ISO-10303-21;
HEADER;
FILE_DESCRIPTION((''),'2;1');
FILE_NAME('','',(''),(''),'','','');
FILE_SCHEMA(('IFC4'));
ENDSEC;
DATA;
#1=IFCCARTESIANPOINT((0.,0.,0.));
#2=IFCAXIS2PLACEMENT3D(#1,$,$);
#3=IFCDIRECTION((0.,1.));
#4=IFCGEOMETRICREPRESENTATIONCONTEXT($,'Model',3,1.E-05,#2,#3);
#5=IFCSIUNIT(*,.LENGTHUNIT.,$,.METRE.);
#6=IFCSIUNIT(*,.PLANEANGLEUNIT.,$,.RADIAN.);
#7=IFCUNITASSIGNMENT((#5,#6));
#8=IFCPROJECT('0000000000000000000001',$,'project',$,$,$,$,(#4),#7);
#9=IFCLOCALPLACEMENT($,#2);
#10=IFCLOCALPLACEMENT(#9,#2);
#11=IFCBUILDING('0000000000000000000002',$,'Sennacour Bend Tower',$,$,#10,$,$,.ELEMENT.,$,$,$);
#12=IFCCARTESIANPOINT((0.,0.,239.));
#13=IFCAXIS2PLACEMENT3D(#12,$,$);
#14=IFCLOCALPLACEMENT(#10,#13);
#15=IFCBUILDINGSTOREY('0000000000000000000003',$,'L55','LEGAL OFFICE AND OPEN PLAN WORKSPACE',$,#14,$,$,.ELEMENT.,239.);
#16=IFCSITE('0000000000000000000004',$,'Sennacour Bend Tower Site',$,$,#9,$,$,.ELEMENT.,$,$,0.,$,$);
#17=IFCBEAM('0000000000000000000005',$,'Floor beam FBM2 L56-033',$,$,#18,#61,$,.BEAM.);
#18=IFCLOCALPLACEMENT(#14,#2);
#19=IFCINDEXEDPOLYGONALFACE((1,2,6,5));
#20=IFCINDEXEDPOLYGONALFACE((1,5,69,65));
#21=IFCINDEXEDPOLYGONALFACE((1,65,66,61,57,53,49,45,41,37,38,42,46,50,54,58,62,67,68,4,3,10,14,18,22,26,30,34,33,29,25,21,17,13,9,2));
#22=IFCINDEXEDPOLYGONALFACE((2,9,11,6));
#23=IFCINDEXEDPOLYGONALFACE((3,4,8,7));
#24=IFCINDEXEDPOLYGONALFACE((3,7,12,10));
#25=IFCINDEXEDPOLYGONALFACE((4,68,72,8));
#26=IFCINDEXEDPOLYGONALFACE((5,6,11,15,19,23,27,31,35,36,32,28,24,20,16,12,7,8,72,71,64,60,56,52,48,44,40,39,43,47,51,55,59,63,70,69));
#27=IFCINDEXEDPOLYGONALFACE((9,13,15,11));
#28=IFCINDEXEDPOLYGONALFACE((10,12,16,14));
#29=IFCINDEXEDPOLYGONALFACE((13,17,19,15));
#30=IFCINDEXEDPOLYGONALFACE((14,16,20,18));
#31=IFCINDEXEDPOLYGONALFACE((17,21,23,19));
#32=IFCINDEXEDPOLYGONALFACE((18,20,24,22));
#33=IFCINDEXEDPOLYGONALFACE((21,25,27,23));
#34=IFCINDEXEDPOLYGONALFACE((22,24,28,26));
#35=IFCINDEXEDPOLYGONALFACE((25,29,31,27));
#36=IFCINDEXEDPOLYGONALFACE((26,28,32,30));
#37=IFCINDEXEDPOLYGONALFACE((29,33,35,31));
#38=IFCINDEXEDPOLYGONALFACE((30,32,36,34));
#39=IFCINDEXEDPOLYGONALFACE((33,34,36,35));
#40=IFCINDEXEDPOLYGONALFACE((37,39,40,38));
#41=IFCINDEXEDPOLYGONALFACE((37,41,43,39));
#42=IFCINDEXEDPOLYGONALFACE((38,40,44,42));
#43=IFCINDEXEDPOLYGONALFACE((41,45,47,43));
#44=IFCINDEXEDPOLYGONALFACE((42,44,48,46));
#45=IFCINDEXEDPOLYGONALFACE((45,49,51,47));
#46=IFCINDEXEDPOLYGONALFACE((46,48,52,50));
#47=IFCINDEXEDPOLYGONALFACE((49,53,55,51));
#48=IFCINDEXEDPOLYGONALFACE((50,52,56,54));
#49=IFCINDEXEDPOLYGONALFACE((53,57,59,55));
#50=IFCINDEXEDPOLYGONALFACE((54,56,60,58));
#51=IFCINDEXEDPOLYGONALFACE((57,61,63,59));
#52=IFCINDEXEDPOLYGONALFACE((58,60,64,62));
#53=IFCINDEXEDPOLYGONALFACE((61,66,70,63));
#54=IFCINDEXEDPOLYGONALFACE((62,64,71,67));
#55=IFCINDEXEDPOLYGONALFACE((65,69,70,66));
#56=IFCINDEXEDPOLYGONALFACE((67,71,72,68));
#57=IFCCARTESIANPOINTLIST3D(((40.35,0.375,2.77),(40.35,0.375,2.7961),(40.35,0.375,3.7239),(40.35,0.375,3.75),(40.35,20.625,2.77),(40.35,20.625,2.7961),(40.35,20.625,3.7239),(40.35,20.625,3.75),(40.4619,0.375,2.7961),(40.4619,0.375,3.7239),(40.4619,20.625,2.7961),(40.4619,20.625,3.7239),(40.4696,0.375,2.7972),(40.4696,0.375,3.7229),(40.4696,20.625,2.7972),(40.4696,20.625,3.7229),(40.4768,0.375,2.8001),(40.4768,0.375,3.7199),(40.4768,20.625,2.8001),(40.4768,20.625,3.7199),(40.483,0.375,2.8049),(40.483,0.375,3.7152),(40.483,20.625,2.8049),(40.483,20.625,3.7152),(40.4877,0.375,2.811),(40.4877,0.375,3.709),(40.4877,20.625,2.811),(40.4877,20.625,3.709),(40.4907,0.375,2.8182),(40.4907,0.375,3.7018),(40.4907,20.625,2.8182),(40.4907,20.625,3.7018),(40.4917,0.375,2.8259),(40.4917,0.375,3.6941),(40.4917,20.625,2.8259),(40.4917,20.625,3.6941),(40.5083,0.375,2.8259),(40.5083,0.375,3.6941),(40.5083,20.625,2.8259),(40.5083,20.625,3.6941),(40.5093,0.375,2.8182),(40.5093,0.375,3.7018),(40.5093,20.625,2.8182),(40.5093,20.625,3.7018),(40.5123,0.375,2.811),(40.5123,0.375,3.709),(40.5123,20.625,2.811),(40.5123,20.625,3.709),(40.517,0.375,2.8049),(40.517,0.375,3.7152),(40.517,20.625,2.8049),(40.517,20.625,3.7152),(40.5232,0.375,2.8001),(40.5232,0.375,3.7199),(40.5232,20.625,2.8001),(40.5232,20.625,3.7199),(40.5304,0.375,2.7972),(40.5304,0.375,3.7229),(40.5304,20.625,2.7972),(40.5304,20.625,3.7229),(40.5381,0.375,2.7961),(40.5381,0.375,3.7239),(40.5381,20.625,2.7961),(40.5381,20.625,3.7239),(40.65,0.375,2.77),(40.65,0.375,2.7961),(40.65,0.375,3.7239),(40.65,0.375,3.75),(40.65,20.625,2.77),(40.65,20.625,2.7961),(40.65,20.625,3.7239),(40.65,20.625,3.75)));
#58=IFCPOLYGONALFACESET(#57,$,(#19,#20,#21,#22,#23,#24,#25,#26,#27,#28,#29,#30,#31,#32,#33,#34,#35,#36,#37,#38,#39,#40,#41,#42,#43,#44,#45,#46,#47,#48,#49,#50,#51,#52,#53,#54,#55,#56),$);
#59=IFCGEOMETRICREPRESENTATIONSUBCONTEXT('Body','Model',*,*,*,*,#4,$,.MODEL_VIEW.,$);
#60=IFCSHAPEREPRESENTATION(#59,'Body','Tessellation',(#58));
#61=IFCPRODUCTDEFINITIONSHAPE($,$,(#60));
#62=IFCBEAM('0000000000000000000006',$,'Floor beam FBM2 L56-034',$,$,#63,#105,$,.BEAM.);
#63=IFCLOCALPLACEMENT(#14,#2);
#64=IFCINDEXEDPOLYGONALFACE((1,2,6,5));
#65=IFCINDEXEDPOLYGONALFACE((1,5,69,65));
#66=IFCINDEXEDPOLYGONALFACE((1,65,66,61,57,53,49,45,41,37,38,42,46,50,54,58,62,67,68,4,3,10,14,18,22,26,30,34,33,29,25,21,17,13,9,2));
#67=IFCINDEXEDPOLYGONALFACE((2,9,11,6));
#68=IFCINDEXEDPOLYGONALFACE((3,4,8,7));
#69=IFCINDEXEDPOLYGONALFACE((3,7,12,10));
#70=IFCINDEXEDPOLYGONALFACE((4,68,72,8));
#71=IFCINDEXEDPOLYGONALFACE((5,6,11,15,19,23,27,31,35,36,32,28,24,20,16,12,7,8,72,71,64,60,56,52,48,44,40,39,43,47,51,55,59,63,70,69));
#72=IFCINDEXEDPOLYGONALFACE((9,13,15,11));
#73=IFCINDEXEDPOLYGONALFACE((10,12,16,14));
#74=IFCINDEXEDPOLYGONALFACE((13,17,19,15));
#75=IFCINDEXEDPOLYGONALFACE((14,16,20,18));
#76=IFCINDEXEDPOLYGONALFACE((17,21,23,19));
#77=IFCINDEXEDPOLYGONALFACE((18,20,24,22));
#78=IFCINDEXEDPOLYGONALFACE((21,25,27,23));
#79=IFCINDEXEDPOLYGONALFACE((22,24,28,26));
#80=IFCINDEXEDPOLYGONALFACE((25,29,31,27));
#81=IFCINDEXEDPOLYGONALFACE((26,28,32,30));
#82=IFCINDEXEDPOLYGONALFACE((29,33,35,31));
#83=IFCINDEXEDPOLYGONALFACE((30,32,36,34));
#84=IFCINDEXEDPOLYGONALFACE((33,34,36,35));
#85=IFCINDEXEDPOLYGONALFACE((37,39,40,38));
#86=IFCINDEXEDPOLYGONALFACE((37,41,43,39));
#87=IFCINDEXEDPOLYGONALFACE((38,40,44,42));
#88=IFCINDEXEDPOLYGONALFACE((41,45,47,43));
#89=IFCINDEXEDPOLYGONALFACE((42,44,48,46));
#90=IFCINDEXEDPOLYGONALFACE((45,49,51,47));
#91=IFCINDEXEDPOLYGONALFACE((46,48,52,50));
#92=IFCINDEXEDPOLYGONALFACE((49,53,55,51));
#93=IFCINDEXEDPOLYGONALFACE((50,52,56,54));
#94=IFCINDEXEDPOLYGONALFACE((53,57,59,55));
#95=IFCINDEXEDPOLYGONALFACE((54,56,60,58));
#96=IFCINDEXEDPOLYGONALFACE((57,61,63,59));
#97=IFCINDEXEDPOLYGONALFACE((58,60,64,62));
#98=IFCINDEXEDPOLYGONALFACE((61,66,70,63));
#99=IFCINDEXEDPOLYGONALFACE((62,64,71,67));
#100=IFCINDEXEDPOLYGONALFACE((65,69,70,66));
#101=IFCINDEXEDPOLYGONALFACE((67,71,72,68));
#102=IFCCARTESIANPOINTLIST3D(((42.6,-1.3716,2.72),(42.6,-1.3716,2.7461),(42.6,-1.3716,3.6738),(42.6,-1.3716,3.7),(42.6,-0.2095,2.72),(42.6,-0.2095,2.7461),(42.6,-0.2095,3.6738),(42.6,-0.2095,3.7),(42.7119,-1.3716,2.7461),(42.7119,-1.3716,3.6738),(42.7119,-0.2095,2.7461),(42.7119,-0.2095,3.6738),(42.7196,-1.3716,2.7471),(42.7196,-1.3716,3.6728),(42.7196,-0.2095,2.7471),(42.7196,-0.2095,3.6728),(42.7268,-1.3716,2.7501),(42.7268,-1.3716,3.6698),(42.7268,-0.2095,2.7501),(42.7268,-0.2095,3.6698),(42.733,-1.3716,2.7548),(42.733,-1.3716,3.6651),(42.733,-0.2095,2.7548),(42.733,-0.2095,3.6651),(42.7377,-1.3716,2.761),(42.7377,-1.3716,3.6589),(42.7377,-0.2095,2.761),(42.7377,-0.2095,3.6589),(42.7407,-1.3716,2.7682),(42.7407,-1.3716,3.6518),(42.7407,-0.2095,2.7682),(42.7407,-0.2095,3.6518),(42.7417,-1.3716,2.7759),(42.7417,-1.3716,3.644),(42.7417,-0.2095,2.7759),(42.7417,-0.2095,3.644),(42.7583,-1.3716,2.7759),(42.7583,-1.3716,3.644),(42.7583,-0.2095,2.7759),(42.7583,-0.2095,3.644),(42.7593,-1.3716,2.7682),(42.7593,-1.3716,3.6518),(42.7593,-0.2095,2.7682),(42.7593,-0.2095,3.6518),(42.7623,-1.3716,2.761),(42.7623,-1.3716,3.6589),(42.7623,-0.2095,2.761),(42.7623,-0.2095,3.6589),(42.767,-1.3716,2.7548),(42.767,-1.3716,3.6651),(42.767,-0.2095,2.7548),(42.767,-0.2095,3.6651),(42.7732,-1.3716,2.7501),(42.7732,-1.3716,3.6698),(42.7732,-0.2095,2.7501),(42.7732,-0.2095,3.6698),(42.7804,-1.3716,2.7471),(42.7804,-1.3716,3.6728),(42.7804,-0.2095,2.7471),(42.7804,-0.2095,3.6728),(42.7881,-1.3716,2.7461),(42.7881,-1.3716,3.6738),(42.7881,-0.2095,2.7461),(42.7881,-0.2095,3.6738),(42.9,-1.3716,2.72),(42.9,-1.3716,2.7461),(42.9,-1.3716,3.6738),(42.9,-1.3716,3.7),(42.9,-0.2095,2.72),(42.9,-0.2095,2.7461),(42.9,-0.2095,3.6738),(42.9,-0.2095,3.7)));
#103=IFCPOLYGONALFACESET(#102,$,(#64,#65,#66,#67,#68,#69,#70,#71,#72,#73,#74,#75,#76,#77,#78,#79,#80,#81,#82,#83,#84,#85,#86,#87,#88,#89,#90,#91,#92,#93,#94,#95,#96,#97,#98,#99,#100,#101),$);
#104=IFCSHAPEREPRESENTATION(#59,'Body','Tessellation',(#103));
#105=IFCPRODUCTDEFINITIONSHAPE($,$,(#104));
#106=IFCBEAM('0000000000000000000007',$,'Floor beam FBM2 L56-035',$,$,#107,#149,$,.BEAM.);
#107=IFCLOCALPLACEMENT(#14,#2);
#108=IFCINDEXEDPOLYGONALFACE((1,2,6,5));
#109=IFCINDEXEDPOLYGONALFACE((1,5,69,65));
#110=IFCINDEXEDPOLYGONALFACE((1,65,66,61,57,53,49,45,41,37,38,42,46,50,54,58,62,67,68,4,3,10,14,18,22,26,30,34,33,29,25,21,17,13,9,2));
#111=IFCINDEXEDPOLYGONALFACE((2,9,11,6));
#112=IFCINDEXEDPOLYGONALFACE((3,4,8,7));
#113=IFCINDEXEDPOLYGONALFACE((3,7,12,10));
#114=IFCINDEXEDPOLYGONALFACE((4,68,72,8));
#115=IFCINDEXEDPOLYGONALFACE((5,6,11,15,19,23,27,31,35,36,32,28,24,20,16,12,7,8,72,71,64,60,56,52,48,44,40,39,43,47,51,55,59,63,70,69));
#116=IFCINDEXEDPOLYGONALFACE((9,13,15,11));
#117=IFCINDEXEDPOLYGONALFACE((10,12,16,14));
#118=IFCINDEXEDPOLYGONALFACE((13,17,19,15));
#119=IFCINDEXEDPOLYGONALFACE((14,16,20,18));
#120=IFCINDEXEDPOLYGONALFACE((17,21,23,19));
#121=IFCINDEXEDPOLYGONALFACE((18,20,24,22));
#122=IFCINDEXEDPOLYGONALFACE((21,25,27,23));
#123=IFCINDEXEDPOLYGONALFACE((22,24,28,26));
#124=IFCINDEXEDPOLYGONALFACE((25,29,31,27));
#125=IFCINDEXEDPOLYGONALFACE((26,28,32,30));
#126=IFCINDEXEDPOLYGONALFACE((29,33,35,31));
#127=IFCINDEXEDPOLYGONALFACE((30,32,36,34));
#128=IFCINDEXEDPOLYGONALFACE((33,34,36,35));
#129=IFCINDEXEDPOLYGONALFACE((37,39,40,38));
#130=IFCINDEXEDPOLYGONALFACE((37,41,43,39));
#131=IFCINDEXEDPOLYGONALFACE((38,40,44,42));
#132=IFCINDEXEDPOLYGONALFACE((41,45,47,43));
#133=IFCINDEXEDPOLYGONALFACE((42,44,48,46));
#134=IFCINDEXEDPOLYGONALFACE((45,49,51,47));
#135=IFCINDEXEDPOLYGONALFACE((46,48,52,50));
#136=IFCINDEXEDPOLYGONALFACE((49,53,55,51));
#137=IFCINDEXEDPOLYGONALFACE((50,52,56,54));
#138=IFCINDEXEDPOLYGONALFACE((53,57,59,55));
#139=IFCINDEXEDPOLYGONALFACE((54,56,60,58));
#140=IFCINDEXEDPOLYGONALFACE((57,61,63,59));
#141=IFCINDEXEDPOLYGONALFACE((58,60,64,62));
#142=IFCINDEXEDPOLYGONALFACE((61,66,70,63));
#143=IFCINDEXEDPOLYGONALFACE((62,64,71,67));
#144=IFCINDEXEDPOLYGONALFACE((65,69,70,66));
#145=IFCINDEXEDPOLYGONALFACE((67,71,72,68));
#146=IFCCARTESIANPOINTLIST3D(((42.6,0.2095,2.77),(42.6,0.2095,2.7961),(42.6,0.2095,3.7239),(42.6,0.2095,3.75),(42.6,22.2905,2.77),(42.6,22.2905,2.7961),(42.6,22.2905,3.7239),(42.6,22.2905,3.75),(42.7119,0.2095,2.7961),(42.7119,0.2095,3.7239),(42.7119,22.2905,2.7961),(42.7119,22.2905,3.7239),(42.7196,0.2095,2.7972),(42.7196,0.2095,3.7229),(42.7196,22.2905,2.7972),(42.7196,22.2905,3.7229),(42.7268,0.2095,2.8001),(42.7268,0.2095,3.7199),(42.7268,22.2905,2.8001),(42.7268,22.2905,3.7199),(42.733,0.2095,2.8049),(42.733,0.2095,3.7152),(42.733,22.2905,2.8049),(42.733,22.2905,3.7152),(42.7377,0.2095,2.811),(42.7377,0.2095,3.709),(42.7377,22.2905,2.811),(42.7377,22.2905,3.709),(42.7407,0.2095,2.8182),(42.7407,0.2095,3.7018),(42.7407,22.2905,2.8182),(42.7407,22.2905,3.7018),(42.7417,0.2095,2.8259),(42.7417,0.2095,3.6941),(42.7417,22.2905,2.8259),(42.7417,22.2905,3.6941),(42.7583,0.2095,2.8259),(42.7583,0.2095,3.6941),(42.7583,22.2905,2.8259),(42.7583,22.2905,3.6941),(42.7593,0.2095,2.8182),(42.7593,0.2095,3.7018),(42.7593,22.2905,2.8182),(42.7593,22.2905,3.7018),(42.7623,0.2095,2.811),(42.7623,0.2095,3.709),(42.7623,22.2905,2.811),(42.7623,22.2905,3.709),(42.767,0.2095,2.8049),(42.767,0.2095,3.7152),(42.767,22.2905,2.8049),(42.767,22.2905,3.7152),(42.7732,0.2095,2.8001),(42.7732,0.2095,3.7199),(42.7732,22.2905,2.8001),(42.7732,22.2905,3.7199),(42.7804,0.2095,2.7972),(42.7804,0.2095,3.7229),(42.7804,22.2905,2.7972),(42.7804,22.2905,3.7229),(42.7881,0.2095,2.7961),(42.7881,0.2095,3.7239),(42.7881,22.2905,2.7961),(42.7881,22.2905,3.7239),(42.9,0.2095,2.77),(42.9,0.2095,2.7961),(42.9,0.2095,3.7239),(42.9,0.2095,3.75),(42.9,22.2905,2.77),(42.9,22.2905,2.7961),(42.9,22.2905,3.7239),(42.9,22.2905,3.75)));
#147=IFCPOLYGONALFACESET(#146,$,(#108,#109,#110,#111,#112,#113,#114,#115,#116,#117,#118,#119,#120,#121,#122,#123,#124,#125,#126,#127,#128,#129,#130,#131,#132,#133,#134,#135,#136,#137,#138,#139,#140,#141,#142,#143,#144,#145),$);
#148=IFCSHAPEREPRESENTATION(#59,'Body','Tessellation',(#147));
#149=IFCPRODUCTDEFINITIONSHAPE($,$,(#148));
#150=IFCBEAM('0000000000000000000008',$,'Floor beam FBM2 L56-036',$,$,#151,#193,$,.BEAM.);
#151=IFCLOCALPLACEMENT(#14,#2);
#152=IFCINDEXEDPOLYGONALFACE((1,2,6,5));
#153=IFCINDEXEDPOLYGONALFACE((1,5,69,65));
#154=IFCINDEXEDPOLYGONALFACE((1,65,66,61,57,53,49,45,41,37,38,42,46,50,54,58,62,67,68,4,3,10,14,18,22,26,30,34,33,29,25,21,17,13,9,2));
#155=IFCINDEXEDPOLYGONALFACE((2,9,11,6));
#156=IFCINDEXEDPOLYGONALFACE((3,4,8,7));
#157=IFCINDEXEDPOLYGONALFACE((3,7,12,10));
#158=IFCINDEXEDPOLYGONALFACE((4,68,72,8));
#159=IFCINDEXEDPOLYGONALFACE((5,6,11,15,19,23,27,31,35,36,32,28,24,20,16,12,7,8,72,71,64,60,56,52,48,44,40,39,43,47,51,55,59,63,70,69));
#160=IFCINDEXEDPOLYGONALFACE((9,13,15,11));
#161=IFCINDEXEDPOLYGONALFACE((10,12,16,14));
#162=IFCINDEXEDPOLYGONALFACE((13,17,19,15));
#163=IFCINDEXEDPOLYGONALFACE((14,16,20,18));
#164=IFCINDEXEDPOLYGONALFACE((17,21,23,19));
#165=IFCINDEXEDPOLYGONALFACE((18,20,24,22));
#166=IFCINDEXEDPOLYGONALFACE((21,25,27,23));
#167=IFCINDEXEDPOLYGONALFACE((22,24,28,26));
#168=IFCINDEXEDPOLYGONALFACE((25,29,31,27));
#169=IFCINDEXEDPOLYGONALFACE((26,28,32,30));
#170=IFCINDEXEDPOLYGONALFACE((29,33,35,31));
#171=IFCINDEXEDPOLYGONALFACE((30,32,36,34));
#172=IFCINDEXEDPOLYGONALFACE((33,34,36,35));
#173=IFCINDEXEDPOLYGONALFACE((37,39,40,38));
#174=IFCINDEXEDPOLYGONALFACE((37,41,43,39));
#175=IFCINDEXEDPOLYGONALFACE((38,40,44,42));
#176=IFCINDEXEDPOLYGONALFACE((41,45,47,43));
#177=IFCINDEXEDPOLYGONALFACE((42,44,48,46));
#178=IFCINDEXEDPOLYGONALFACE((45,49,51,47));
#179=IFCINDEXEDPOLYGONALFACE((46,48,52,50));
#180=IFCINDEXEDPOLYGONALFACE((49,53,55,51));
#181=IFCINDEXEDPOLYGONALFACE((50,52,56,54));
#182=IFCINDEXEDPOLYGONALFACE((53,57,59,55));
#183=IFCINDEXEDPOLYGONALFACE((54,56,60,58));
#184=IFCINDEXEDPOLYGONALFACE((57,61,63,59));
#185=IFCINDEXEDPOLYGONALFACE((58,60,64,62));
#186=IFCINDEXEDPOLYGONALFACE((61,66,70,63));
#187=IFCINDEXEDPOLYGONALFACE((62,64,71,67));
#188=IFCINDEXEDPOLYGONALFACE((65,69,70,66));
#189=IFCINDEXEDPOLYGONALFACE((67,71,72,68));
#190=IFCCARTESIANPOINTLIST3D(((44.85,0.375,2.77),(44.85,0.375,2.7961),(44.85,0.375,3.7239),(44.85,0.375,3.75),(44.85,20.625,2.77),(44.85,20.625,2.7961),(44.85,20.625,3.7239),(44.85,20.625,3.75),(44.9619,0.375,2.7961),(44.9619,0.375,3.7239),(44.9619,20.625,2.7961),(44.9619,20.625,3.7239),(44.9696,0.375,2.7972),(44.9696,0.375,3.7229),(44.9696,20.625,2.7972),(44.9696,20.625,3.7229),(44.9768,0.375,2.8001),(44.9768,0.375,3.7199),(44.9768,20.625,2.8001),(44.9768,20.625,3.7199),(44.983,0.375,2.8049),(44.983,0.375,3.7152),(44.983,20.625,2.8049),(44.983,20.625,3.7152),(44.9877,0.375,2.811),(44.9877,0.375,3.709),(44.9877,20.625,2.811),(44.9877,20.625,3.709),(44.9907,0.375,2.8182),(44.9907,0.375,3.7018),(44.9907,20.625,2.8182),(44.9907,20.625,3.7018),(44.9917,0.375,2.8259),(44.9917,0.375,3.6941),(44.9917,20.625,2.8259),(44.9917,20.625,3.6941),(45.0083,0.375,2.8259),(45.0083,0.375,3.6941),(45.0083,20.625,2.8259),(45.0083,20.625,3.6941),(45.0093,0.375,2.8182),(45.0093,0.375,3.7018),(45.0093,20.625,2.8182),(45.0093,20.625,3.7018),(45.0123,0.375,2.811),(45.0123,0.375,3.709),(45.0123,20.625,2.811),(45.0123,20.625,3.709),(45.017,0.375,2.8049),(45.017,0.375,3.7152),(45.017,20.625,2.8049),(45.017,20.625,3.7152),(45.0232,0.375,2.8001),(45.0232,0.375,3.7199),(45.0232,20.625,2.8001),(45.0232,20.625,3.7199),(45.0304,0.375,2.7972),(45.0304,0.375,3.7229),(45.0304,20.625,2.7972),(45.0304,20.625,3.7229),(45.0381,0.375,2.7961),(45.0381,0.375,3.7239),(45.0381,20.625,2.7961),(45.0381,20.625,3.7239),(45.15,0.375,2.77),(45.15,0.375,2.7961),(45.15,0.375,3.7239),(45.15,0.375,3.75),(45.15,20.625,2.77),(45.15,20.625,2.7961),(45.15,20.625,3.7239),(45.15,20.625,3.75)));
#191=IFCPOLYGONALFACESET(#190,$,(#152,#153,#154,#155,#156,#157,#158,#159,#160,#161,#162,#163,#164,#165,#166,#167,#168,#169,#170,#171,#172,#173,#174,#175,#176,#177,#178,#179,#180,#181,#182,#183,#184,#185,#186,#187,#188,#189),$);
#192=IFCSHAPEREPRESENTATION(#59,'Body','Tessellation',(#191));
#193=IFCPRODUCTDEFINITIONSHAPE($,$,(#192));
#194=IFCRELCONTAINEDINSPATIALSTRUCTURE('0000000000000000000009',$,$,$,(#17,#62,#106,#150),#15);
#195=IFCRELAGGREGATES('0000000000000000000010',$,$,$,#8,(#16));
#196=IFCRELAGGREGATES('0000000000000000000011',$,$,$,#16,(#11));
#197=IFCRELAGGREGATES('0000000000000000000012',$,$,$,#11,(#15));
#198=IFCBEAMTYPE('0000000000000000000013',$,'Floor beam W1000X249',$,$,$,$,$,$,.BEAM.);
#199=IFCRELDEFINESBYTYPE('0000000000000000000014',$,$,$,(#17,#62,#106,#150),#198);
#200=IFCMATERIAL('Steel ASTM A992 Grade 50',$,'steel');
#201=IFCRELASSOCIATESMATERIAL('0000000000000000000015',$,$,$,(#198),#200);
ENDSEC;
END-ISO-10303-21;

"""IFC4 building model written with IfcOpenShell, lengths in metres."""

from ifc_helpers import new_model, si_unit, direction, frame, origin, origin_2d, place, context, subcontext, project, spatial, i_section, extrude, material, material_profile, profile_set, type_object, element, save


model = new_model("IFC4")

# Units and contexts
model_context = context("Model", 3, precision=1e-05, world=origin(), true_north=direction((0.0, 1.0)))
body_context = subcontext(model_context, "Body", "Model", "MODEL_VIEW")
ifc_project = project(units=[si_unit("LENGTHUNIT", "METRE"), si_unit("PLANEANGLEUNIT", "RADIAN")], contexts=[model_context])

# Site, building, storey
site_placement = place(None, origin())
site = spatial("IfcSite", under=ifc_project, at=site_placement, Name="Sennacour Bend Tower Site", CompositionType="ELEMENT", RefElevation=0.0)
building_placement = place(site_placement, origin())
building = spatial("IfcBuilding", under=site, at=building_placement, Name="Sennacour Bend Tower", CompositionType="ELEMENT")
storey_placement = place(building_placement, frame((0.0, 0.0, 239.0)))
storey = spatial("IfcBuildingStorey", under=building, at=storey_placement, Name="L55", Description="LEGAL OFFICE AND OPEN PLAN WORKSPACE", CompositionType="ELEMENT", Elevation=239.0)

# Beams
ifc_material_1 = material(Name="Steel ASTM A992 Grade 50", Category="steel")
ifc_material_profile_1 = material_profile(ifc_material_1, i_section(OverallWidth=0.3, OverallDepth=0.98, WebThickness=0.0166, FlangeThickness=0.0261, FilletRadius=0.0298, at=origin_2d()), Name="Steel ASTM A992 Grade 50", Category="steel")
ifc_profile_set_1 = profile_set([ifc_material_profile_1], Name="Steel ASTM A992 Grade 50")
beam_type_1 = type_object("IfcBeamType", Name="Floor beam W1000X249", PredefinedType="BEAM", material=ifc_profile_set_1)
beam_1_placement = place(storey_placement, frame((40.5, 0.375, 3.26), z_axis=(0.0, 1.0, 0.0), x_axis=(-1.0, 0.0, 0.0)))
element("IfcBeam", 1, at=beam_1_placement, inside=storey, type_object=beam_type_1, Name="Floor beam FBM2 L56-033", PredefinedType="BEAM", context=body_context, shape_type="SweptSolid", body=[
    extrude(i_section(OverallWidth=0.3, OverallDepth=0.98, WebThickness=0.0166, FlangeThickness=0.0261, FilletRadius=0.0298, at=origin_2d()), origin(), (0.0, 0.0, 1.0), 20.25),
])
beam_2_placement = place(storey_placement, frame((42.75, -1.3716, 3.21), z_axis=(0.0, 1.0, 0.0), x_axis=(-1.0, 0.0, 0.0)))
element("IfcBeam", 2, at=beam_2_placement, inside=storey, type_object=beam_type_1, Name="Floor beam FBM2 L56-034", PredefinedType="BEAM", context=body_context, shape_type="SweptSolid", body=[
    extrude(i_section(OverallWidth=0.3, OverallDepth=0.98, WebThickness=0.0166, FlangeThickness=0.0261, FilletRadius=0.0298, at=origin_2d()), origin(), (0.0, 0.0, 1.0), 1.1621),
])
beam_3_placement = place(storey_placement, frame((42.75, 0.2095, 3.26), z_axis=(0.0, 1.0, 0.0), x_axis=(-1.0, 0.0, 0.0)))
element("IfcBeam", 3, at=beam_3_placement, inside=storey, type_object=beam_type_1, Name="Floor beam FBM2 L56-035", PredefinedType="BEAM", context=body_context, shape_type="SweptSolid", body=[
    extrude(i_section(OverallWidth=0.3, OverallDepth=0.98, WebThickness=0.0166, FlangeThickness=0.0261, FilletRadius=0.0298, at=origin_2d()), origin(), (0.0, 0.0, 1.0), 22.0811),
])
beam_4_placement = place(storey_placement, frame((45.0, 0.375, 3.26), z_axis=(0.0, 1.0, 0.0), x_axis=(-1.0, 0.0, 0.0)))
element("IfcBeam", 4, at=beam_4_placement, inside=storey, type_object=beam_type_1, Name="Floor beam FBM2 L56-036", PredefinedType="BEAM", context=body_context, shape_type="SweptSolid", body=[
    extrude(i_section(OverallWidth=0.3, OverallDepth=0.98, WebThickness=0.0166, FlangeThickness=0.0261, FilletRadius=0.0298, at=origin_2d()), origin(), (0.0, 0.0, 1.0), 20.25),
])

save(model, "model.ifc")
